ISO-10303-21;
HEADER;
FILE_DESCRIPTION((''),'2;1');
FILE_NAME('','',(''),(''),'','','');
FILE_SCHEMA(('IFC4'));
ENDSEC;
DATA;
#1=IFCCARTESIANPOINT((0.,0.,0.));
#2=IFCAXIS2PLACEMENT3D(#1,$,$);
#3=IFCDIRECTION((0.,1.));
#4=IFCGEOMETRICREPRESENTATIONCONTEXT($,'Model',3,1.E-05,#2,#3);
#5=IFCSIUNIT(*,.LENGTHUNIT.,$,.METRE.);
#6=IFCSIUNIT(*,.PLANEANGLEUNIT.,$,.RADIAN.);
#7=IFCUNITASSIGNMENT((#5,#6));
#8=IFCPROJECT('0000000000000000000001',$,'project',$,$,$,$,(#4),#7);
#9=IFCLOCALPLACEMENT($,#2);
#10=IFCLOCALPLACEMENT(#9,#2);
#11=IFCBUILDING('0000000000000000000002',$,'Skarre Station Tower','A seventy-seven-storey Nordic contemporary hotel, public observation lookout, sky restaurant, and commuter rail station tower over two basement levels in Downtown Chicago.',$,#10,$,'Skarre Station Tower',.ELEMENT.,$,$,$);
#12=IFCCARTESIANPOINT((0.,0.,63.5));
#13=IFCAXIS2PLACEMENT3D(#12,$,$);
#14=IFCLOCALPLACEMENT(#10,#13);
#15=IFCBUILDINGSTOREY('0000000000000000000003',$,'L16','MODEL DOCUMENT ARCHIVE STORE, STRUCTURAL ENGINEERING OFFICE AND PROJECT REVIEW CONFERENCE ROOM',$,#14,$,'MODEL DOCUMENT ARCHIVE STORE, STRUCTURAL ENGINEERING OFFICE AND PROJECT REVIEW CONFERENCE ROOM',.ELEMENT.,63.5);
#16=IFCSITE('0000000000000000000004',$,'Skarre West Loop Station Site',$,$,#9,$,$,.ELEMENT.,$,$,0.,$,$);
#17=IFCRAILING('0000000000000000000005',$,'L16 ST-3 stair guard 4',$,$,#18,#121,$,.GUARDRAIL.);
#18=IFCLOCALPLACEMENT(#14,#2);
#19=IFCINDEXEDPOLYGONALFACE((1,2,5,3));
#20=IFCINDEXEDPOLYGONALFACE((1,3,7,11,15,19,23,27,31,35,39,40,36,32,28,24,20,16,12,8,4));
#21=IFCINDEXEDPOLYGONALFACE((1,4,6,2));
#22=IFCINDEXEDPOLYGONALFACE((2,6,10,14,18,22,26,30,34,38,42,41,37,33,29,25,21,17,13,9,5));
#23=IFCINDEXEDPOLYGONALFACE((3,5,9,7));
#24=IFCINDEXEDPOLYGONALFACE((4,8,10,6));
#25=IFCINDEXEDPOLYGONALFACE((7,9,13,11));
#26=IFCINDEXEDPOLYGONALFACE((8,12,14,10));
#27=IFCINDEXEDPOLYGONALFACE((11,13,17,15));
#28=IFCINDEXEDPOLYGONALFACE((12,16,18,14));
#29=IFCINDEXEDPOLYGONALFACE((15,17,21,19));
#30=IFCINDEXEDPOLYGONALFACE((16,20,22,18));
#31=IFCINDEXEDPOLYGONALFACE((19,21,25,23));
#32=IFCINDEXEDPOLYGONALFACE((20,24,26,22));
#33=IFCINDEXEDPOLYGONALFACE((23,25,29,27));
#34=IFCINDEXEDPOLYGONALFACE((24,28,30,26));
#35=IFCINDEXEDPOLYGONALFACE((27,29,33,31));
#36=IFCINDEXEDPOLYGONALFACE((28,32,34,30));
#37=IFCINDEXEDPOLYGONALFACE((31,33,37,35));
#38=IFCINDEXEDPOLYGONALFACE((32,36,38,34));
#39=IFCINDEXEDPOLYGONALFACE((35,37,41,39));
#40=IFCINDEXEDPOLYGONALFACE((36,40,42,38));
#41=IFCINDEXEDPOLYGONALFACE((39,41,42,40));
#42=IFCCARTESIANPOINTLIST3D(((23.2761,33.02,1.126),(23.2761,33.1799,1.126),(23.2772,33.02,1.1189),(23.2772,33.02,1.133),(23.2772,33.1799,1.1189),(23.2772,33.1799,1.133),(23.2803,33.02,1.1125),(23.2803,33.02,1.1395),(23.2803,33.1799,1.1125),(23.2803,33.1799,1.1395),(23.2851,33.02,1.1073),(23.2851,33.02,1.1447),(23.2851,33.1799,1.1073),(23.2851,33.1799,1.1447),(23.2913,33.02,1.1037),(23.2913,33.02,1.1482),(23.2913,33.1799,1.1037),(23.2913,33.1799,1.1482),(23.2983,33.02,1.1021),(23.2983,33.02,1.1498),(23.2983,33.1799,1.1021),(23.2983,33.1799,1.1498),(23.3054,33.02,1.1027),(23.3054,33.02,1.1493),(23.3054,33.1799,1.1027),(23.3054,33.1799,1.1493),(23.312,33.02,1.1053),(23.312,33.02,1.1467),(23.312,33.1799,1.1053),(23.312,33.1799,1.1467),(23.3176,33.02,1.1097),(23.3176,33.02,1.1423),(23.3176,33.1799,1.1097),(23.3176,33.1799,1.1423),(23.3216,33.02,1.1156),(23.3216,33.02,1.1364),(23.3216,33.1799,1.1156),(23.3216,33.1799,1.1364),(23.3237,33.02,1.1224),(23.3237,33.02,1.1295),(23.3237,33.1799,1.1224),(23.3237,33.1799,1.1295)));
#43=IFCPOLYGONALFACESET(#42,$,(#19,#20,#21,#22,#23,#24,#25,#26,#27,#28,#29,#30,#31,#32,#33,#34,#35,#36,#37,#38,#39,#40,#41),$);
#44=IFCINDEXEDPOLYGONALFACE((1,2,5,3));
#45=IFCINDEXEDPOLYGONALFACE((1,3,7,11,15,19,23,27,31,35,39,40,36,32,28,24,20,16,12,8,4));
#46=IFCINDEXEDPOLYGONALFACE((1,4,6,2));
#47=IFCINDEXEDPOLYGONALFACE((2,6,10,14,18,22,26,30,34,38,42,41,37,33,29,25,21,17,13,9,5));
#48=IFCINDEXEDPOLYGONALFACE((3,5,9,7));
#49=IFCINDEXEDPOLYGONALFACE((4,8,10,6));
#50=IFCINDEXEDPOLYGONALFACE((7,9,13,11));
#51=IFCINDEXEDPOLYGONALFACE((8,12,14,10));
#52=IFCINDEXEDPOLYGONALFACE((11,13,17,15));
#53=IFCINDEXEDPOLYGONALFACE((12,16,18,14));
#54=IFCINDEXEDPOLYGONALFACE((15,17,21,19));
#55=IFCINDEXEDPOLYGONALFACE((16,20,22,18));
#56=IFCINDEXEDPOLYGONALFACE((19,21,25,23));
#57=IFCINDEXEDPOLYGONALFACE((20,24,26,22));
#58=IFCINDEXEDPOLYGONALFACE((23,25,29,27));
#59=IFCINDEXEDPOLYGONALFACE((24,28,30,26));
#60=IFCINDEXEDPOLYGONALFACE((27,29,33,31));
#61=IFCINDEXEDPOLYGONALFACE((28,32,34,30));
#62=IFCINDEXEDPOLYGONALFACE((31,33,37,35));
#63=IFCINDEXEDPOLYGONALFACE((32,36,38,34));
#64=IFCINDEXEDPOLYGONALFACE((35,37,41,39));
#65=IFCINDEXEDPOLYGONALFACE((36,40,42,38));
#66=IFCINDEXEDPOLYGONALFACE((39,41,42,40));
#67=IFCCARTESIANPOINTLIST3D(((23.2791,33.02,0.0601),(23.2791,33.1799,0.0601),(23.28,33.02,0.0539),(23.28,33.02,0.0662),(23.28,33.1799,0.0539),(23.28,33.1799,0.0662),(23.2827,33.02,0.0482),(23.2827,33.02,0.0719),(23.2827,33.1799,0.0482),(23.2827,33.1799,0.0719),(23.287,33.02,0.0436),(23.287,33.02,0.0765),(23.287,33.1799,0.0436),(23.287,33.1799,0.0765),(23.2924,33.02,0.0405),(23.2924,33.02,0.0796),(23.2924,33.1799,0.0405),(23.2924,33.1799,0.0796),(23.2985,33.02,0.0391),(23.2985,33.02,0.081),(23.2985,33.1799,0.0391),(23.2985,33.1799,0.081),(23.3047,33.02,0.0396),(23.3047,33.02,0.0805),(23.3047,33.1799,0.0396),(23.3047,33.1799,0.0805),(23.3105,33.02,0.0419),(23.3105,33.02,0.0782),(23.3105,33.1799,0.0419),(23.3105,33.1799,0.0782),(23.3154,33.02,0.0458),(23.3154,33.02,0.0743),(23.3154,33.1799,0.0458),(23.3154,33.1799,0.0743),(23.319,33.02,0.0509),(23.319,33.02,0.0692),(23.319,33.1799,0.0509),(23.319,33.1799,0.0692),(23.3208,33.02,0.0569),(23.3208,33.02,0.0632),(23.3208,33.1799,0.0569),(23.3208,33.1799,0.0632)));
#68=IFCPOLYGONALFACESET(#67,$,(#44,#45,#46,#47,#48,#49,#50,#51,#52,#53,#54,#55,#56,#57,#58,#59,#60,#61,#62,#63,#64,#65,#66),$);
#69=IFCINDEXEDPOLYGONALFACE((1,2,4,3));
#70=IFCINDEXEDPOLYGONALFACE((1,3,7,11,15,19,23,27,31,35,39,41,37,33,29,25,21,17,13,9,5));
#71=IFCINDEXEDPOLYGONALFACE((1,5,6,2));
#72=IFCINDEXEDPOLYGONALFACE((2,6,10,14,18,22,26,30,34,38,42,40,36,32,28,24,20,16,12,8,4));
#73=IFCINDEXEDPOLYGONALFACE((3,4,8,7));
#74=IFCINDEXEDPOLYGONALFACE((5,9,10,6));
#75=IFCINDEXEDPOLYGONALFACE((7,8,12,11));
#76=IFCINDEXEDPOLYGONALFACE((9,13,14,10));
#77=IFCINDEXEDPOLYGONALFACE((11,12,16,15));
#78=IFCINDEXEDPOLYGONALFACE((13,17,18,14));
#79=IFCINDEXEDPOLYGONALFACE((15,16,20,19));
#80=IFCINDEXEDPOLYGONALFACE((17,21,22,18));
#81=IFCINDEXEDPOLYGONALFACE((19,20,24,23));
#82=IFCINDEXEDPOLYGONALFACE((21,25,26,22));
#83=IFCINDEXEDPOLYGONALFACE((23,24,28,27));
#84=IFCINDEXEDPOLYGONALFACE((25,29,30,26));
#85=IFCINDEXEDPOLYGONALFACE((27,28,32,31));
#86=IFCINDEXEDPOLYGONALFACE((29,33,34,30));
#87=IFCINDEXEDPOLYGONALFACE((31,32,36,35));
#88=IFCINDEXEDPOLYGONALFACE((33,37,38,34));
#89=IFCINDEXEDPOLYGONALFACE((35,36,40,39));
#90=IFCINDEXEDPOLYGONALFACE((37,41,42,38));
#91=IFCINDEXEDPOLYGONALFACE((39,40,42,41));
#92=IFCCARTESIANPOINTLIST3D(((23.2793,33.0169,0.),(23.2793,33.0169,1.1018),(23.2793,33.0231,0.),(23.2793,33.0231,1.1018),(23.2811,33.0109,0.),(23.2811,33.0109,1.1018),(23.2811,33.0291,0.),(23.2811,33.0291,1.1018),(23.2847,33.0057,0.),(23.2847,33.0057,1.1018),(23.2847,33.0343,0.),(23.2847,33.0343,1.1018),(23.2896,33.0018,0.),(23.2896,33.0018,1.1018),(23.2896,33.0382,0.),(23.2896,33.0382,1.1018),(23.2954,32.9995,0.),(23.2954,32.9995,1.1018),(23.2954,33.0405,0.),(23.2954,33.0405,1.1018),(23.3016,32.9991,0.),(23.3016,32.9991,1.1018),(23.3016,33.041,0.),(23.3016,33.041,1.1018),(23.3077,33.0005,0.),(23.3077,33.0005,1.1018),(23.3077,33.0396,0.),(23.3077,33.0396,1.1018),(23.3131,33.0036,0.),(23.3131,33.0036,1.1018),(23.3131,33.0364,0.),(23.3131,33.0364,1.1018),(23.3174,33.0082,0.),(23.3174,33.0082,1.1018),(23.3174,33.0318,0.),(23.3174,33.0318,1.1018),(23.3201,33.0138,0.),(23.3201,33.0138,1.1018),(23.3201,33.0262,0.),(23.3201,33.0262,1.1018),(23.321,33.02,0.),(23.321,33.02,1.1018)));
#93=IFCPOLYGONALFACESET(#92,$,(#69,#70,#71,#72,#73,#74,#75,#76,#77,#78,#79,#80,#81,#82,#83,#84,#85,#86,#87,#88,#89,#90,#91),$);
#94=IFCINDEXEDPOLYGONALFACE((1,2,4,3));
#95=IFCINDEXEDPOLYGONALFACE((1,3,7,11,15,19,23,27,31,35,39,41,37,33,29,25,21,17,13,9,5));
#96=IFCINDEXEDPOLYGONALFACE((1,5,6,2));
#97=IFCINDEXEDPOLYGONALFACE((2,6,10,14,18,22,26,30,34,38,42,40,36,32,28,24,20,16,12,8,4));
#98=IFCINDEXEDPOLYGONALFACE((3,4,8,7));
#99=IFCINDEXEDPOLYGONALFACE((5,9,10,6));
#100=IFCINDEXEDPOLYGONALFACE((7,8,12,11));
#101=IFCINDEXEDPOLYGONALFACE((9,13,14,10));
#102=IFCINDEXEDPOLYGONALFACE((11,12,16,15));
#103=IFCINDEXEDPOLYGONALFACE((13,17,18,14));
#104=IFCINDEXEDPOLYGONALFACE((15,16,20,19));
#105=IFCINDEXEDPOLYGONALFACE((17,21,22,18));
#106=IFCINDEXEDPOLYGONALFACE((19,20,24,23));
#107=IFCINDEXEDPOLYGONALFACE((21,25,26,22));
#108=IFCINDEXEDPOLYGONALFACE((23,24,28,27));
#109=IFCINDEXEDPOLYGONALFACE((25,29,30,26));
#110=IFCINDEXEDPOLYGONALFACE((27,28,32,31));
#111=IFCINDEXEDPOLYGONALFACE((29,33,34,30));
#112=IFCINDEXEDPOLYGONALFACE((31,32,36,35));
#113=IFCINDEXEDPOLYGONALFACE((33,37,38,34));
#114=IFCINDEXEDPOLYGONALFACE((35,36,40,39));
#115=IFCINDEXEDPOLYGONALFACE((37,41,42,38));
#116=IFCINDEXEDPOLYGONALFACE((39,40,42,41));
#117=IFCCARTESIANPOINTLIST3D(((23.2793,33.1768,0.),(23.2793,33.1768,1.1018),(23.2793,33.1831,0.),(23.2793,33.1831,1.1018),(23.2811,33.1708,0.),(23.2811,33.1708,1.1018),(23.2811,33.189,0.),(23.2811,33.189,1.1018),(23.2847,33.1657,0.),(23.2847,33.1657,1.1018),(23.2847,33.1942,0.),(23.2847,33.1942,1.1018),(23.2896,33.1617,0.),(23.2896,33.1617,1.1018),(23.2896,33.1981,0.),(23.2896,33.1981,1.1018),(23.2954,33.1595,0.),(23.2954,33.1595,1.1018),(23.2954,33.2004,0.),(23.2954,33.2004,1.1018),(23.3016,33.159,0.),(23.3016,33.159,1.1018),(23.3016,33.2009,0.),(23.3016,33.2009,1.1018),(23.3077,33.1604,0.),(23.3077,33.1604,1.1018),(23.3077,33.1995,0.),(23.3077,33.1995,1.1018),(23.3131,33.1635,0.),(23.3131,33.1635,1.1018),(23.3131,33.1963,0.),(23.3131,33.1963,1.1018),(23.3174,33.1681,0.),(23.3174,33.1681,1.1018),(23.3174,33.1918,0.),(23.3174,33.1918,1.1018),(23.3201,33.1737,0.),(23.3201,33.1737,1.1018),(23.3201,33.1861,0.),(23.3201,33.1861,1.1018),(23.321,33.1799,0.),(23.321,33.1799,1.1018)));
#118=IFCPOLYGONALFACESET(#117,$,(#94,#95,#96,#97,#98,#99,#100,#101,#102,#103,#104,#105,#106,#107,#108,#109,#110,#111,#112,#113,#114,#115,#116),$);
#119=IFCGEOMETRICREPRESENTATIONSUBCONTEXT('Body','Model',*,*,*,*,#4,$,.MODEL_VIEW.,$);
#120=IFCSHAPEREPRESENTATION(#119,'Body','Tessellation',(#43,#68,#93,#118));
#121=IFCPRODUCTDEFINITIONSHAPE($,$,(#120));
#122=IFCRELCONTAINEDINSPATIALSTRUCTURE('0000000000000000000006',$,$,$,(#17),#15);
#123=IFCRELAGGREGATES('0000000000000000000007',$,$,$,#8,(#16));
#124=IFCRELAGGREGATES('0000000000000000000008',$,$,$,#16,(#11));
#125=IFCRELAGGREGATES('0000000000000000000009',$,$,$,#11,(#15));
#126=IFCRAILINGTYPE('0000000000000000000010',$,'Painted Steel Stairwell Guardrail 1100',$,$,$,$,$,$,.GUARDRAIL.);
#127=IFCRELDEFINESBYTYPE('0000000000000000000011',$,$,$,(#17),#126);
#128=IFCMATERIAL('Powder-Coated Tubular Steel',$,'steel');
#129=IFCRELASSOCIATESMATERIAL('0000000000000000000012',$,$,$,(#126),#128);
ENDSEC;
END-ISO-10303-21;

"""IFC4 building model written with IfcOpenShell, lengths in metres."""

from ifc_helpers import new_model, si_unit, direction, frame, origin, origin_2d, place, context, subcontext, project, spatial, circle, extrude, material, type_object, element, save


model = new_model("IFC4")

# Units and contexts
model_context = context("Model", 3, precision=1e-05, world=origin(), true_north=direction((0.0, 1.0)))
body_context = subcontext(model_context, "Body", "Model", "MODEL_VIEW")
ifc_project = project(units=[si_unit("LENGTHUNIT", "METRE"), si_unit("PLANEANGLEUNIT", "RADIAN")], contexts=[model_context])

# Site, building, storey
site_placement = place(None, origin())
site = spatial("IfcSite", under=ifc_project, at=site_placement, Name="Skarre West Loop Station Site", CompositionType="ELEMENT", RefElevation=0.0)
building_placement = place(site_placement, origin())
building = spatial("IfcBuilding", under=site, at=building_placement, Name="Skarre Station Tower", Description="A seventy-seven-storey Nordic contemporary hotel, public observation lookout, sky restaurant, and commuter rail station tower over two basement levels in Downtown Chicago.", LongName="Skarre Station Tower", CompositionType="ELEMENT")
storey_placement = place(building_placement, frame((0.0, 0.0, 63.5)))
storey = spatial("IfcBuildingStorey", under=building, at=storey_placement, Name="L16", Description="MODEL DOCUMENT ARCHIVE STORE, STRUCTURAL ENGINEERING OFFICE AND PROJECT REVIEW CONFERENCE ROOM", LongName="MODEL DOCUMENT ARCHIVE STORE, STRUCTURAL ENGINEERING OFFICE AND PROJECT REVIEW CONFERENCE ROOM", CompositionType="ELEMENT", Elevation=63.5)

# Railing
ifc_material_1 = material(Name="Powder-Coated Tubular Steel", Category="steel")
railing_type_1 = type_object("IfcRailingType", Name="Painted Steel Stairwell Guardrail 1100", PredefinedType="GUARDRAIL", material=ifc_material_1)
railing_1_placement = place(storey_placement, frame((23.3, 33.02, 0.0)))
element("IfcRailing", 1, at=railing_1_placement, inside=storey, type_object=railing_type_1, Name="L16 ST-3 stair guard 4", PredefinedType="GUARDRAIL", context=body_context, shape_type="SweptSolid", body=[
    extrude(circle(Radius=0.0239, at=origin_2d()), frame((0.0, 0.0, 1.126), z_axis=(0.0, 1.0, 0.0), x_axis=(-1.0, 0.0, 0.0)), (0.0, 0.0, 1.0), 0.1599),
    extrude(circle(Radius=0.021, at=origin_2d()), frame((0.0, 0.0, 0.0601), z_axis=(0.0, 1.0, 0.0), x_axis=(-1.0, 0.0, 0.0)), (0.0, 0.0, 1.0), 0.1599),
    extrude(circle(Radius=0.021, at=origin_2d()), origin(), (0.0, 0.0, 1.0), 1.1018),
    extrude(circle(Radius=0.021, at=origin_2d()), frame((0.0, 0.1599, 0.0)), (0.0, 0.0, 1.0), 1.1018),
])

save(model, "model.ifc")
